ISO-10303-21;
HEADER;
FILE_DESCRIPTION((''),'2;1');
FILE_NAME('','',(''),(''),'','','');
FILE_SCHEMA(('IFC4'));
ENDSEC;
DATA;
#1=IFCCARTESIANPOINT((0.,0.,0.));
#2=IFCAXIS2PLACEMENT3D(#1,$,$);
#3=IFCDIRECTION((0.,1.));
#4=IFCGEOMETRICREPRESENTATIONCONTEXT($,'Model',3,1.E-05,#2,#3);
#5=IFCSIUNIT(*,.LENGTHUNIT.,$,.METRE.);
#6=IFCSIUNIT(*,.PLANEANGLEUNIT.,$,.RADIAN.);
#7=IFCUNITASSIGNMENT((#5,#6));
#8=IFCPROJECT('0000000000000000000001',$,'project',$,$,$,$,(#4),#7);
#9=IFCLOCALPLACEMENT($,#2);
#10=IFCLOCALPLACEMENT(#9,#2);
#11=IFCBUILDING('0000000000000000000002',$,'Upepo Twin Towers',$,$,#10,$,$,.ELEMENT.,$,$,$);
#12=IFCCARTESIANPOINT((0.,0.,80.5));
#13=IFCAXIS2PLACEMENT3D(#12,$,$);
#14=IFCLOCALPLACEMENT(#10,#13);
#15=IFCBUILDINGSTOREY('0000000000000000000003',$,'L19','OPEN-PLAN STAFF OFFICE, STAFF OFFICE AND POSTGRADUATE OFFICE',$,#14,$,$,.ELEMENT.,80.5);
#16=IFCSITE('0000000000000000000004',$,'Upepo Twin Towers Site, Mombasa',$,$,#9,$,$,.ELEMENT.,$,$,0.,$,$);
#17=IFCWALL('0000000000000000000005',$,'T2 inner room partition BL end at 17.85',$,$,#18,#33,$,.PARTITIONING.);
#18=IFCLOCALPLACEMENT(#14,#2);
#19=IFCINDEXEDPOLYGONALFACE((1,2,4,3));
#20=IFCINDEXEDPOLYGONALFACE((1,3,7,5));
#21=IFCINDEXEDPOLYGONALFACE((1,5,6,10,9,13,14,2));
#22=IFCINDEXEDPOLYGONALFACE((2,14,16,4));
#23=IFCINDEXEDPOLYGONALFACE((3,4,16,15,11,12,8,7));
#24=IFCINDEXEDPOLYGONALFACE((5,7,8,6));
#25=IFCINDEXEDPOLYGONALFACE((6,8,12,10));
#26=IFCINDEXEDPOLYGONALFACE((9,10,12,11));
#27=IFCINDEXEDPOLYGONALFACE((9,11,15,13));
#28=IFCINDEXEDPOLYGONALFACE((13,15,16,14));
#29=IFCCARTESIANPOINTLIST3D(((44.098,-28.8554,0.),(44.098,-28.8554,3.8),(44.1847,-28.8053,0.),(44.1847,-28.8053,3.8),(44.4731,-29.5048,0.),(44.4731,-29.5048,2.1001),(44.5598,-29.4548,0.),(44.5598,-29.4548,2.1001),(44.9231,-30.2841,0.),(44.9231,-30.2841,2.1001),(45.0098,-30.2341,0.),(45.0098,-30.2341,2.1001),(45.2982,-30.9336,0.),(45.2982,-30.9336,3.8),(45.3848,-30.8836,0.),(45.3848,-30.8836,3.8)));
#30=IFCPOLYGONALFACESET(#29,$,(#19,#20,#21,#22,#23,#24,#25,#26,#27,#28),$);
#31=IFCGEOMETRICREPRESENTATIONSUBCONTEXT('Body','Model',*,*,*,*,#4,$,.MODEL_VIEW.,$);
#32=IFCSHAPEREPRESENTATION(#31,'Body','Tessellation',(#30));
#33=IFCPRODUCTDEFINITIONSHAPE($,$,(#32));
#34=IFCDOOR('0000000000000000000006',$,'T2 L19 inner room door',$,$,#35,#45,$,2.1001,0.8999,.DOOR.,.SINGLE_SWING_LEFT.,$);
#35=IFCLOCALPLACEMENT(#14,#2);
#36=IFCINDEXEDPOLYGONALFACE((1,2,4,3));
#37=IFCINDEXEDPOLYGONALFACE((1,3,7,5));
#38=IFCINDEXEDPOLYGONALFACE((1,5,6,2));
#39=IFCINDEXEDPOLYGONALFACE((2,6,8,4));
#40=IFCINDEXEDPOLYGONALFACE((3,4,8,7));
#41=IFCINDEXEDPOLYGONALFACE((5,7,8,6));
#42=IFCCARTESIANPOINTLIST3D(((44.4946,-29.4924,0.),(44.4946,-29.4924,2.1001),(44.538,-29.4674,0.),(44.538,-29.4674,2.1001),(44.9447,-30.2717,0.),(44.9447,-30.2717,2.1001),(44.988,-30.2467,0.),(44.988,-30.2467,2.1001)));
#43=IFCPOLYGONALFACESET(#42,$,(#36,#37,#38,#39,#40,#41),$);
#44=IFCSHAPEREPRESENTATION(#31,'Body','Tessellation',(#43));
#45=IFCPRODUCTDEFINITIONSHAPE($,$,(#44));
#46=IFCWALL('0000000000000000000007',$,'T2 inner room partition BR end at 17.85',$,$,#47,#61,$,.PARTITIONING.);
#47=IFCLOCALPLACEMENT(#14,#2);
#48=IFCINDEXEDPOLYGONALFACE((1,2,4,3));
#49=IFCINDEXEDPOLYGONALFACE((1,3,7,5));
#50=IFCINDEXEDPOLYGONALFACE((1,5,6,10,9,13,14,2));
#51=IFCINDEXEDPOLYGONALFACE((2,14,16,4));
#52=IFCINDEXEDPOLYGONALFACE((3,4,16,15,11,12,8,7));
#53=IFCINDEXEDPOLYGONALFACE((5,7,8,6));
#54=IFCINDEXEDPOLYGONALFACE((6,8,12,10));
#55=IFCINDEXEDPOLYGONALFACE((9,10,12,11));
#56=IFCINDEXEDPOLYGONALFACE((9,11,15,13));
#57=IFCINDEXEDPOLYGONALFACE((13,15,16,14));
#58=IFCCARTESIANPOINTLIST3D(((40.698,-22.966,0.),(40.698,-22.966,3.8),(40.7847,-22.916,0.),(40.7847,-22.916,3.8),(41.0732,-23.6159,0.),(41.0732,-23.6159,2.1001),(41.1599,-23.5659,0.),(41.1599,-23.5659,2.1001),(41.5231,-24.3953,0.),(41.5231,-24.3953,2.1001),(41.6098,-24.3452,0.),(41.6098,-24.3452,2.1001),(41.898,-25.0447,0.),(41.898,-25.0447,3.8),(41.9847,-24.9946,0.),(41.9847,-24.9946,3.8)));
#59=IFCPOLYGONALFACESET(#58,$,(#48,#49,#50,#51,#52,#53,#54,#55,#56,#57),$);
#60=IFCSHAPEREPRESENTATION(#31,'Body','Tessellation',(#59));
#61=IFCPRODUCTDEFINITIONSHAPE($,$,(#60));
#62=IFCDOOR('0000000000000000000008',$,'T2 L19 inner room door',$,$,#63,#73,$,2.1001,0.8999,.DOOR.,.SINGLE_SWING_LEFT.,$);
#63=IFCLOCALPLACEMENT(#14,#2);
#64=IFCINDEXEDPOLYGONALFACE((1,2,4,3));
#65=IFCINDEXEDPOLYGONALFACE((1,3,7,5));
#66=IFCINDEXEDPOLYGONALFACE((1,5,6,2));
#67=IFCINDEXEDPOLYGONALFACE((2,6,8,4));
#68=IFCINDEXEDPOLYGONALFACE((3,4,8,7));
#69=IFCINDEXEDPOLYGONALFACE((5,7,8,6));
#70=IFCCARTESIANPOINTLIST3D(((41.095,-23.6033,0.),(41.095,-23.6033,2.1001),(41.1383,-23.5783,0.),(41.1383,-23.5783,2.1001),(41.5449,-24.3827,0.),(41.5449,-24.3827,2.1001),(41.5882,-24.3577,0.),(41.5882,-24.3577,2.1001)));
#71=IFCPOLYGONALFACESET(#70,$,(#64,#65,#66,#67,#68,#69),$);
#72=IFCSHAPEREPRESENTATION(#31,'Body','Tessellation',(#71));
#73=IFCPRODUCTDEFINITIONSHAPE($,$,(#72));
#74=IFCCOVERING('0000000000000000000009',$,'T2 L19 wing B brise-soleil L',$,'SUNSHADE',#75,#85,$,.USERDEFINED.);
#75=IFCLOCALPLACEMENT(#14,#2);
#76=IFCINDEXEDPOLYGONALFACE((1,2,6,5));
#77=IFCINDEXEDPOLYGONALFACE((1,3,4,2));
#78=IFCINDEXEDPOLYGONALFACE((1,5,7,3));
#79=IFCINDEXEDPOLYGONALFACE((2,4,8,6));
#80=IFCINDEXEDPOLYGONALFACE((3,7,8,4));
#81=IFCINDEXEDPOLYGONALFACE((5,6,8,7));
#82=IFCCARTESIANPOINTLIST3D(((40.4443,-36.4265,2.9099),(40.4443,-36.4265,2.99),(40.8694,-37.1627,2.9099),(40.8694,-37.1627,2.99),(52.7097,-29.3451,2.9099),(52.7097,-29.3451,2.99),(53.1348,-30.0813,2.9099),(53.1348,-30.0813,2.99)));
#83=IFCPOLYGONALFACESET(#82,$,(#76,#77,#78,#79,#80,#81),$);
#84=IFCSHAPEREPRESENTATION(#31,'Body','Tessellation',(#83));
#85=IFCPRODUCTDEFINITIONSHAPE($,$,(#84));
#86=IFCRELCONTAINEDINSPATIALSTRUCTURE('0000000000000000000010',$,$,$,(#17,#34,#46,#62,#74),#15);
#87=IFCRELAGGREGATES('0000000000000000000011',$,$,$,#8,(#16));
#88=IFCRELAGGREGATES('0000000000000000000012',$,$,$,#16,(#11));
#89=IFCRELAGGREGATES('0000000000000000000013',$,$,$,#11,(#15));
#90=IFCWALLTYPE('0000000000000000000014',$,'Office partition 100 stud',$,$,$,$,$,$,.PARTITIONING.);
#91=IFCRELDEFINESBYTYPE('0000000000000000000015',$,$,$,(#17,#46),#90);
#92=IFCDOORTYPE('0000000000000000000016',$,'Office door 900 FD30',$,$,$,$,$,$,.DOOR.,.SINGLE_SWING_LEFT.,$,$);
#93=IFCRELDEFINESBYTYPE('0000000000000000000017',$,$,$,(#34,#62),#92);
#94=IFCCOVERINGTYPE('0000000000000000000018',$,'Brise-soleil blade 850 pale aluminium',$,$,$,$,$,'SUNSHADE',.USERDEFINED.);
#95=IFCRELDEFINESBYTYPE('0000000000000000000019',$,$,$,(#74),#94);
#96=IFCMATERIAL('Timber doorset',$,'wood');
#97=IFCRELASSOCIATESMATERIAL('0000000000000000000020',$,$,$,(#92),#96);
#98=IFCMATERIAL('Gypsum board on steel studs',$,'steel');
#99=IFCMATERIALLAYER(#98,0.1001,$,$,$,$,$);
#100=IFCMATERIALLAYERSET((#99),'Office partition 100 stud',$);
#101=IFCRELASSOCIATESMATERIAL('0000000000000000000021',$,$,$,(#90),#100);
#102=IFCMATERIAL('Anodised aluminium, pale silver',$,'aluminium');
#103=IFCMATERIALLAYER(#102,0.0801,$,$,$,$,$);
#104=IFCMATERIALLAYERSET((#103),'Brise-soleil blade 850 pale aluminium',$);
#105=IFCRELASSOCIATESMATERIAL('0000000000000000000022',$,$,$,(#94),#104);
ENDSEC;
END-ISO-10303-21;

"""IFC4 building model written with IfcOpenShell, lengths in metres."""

from ifc_helpers import new_model, si_unit, direction, frame, frame_2d, origin, origin_2d, place, context, subcontext, project, spatial, rectangle, extrude, material, layer, layer_set, type_object, element, fill, save


model = new_model("IFC4")

# Units and contexts
model_context = context("Model", 3, precision=1e-05, world=origin(), true_north=direction((0.0, 1.0)))
body_context = subcontext(model_context, "Body", "Model", "MODEL_VIEW")
ifc_project = project(units=[si_unit("LENGTHUNIT", "METRE"), si_unit("PLANEANGLEUNIT", "RADIAN")], contexts=[model_context])

# Site, building, storey
site_placement = place(None, origin())
site = spatial("IfcSite", under=ifc_project, at=site_placement, Name="Upepo Twin Towers Site, Mombasa", CompositionType="ELEMENT", RefElevation=0.0)
building_placement = place(site_placement, origin())
building = spatial("IfcBuilding", under=site, at=building_placement, Name="Upepo Twin Towers", CompositionType="ELEMENT")
storey_placement = place(building_placement, frame((0.0, 0.0, 80.5)))
storey = spatial("IfcBuildingStorey", under=building, at=storey_placement, Name="L19", Description="OPEN-PLAN STAFF OFFICE, STAFF OFFICE AND POSTGRADUATE OFFICE", CompositionType="ELEMENT", Elevation=80.5)

# Shared definitions
ifc_material_1 = material(Name="Timber doorset", Category="wood")
door_type = type_object("IfcDoorType", Name="Office door 900 FD30", OperationType="SINGLE_SWING_LEFT", PredefinedType="DOOR", material=ifc_material_1)

# Shared definitions
ifc_material_2 = material(Name="Gypsum board on steel studs", Category="steel")
ifc_layer_1 = layer(ifc_material_2, 0.1001)
ifc_layer_set_1 = layer_set([ifc_layer_1], Name="Office partition 100 stud")
wall_type_1 = type_object("IfcWallType", Name="Office partition 100 stud", PredefinedType="PARTITIONING", material=ifc_layer_set_1)

# Walls, openings, doors
wall_1_placement = place(storey_placement, frame((44.1414, -28.8303, 0.0), z_axis=(0.0, 0.0, 1.0), x_axis=(0.500078, -0.865981, 0.0)))
wall_1 = element("IfcWall", 1, at=wall_1_placement, inside=storey, type_object=wall_type_1, Name="T2 inner room partition BL end at 17.85", PredefinedType="PARTITIONING", context=body_context, shape_type="SweptSolid", body=[
    extrude(rectangle(XDim=2.3999, YDim=0.1001, at=frame_2d((1.2, 0.0))), origin(), (0.0, 0.0, 1.0), 3.8),
])
opening_1_placement = place(wall_1_placement, frame((0.75, 0.0, 0.0)))
opening_1 = element("IfcOpeningElement", 2, at=opening_1_placement, cuts=wall_1, PredefinedType="OPENING", context=body_context, shape_type="SweptSolid", body=[
    extrude(rectangle(XDim=0.8999, YDim=2.1001, at=frame_2d((0.45, 1.05))), frame((0.0, 0.0601, 0.0), z_axis=(0.0, -1.0, 0.0), x_axis=(1.0, 0.0, 0.0)), (0.0, 0.0, 1.0), 0.1201),
])
door_1_placement = place(opening_1_placement, origin())
door_1 = element("IfcDoor", 3, at=door_1_placement, inside=storey, type_object=door_type, Name="T2 L19 inner room door", OperationType="SINGLE_SWING_LEFT", OverallHeight=2.1001, OverallWidth=0.8999, PredefinedType="DOOR", context=body_context, shape_type="SweptSolid", body=[
    extrude(rectangle(XDim=0.8999, YDim=2.1001, at=frame_2d((0.45, 1.05))), frame((0.0, 0.0249, 0.0), z_axis=(0.0, -1.0, 0.0), x_axis=(1.0, 0.0, 0.0)), (0.0, 0.0, 1.0), 0.05),
])
fill(opening_1, door_1)
wall_2_placement = place(storey_placement, frame((41.9414, -25.0198, 0.0), z_axis=(0.0, 0.0, 1.0), x_axis=(-0.499957, 0.86605, 0.0)))
wall_2 = element("IfcWall", 4, at=wall_2_placement, inside=storey, type_object=wall_type_1, Name="T2 inner room partition BR end at 17.85", PredefinedType="PARTITIONING", context=body_context, shape_type="SweptSolid", body=[
    extrude(rectangle(XDim=2.4001, YDim=0.1001, at=frame_2d((1.2002, 0.0))), origin(), (0.0, 0.0, 1.0), 3.8),
])
opening_2_placement = place(wall_2_placement, frame((0.75, 0.0, 0.0)))
opening_2 = element("IfcOpeningElement", 5, at=opening_2_placement, cuts=wall_2, PredefinedType="OPENING", context=body_context, shape_type="SweptSolid", body=[
    extrude(rectangle(XDim=0.8999, YDim=2.1001, at=frame_2d((0.45, 1.05))), frame((0.0, 0.0601, 0.0), z_axis=(0.0, -1.0, 0.0), x_axis=(1.0, 0.0, 0.0)), (0.0, 0.0, 1.0), 0.1201),
])
door_2_placement = place(opening_2_placement, origin())
door_2 = element("IfcDoor", 6, at=door_2_placement, inside=storey, type_object=door_type, Name="T2 L19 inner room door", OperationType="SINGLE_SWING_LEFT", OverallHeight=2.1001, OverallWidth=0.8999, PredefinedType="DOOR", context=body_context, shape_type="SweptSolid", body=[
    extrude(rectangle(XDim=0.8999, YDim=2.1001, at=frame_2d((0.45, 1.05))), frame((0.0, 0.0249, 0.0), z_axis=(0.0, -1.0, 0.0), x_axis=(1.0, 0.0, 0.0)), (0.0, 0.0, 1.0), 0.05),
])
fill(opening_2, door_2)

# Covering
ifc_material_3 = material(Name="Anodised aluminium, pale silver", Category="aluminium")
ifc_layer_2 = layer(ifc_material_3, 0.0801)
ifc_layer_set_2 = layer_set([ifc_layer_2], Name="Brise-soleil blade 850 pale aluminium")
covering_type = type_object("IfcCoveringType", Name="Brise-soleil blade 850 pale aluminium", ElementType="SUNSHADE", PredefinedType="USERDEFINED", material=ifc_layer_set_2)
covering_placement = place(storey_placement, frame((46.7896, -33.2539, 2.9099), z_axis=(0.0, 0.0, 1.0), x_axis=(-0.866025, -0.5, 0.0)))
element("IfcCovering", 7, at=covering_placement, inside=storey, type_object=covering_type, Name="T2 L19 wing B brise-soleil L", ObjectType="SUNSHADE", PredefinedType="USERDEFINED", context=body_context, shape_type="SweptSolid", body=[
    extrude(rectangle(XDim=14.1628, YDim=0.8501, at=origin_2d()), origin(), (0.0, 0.0, 1.0), 0.0801),
])

save(model, "model.ifc")
